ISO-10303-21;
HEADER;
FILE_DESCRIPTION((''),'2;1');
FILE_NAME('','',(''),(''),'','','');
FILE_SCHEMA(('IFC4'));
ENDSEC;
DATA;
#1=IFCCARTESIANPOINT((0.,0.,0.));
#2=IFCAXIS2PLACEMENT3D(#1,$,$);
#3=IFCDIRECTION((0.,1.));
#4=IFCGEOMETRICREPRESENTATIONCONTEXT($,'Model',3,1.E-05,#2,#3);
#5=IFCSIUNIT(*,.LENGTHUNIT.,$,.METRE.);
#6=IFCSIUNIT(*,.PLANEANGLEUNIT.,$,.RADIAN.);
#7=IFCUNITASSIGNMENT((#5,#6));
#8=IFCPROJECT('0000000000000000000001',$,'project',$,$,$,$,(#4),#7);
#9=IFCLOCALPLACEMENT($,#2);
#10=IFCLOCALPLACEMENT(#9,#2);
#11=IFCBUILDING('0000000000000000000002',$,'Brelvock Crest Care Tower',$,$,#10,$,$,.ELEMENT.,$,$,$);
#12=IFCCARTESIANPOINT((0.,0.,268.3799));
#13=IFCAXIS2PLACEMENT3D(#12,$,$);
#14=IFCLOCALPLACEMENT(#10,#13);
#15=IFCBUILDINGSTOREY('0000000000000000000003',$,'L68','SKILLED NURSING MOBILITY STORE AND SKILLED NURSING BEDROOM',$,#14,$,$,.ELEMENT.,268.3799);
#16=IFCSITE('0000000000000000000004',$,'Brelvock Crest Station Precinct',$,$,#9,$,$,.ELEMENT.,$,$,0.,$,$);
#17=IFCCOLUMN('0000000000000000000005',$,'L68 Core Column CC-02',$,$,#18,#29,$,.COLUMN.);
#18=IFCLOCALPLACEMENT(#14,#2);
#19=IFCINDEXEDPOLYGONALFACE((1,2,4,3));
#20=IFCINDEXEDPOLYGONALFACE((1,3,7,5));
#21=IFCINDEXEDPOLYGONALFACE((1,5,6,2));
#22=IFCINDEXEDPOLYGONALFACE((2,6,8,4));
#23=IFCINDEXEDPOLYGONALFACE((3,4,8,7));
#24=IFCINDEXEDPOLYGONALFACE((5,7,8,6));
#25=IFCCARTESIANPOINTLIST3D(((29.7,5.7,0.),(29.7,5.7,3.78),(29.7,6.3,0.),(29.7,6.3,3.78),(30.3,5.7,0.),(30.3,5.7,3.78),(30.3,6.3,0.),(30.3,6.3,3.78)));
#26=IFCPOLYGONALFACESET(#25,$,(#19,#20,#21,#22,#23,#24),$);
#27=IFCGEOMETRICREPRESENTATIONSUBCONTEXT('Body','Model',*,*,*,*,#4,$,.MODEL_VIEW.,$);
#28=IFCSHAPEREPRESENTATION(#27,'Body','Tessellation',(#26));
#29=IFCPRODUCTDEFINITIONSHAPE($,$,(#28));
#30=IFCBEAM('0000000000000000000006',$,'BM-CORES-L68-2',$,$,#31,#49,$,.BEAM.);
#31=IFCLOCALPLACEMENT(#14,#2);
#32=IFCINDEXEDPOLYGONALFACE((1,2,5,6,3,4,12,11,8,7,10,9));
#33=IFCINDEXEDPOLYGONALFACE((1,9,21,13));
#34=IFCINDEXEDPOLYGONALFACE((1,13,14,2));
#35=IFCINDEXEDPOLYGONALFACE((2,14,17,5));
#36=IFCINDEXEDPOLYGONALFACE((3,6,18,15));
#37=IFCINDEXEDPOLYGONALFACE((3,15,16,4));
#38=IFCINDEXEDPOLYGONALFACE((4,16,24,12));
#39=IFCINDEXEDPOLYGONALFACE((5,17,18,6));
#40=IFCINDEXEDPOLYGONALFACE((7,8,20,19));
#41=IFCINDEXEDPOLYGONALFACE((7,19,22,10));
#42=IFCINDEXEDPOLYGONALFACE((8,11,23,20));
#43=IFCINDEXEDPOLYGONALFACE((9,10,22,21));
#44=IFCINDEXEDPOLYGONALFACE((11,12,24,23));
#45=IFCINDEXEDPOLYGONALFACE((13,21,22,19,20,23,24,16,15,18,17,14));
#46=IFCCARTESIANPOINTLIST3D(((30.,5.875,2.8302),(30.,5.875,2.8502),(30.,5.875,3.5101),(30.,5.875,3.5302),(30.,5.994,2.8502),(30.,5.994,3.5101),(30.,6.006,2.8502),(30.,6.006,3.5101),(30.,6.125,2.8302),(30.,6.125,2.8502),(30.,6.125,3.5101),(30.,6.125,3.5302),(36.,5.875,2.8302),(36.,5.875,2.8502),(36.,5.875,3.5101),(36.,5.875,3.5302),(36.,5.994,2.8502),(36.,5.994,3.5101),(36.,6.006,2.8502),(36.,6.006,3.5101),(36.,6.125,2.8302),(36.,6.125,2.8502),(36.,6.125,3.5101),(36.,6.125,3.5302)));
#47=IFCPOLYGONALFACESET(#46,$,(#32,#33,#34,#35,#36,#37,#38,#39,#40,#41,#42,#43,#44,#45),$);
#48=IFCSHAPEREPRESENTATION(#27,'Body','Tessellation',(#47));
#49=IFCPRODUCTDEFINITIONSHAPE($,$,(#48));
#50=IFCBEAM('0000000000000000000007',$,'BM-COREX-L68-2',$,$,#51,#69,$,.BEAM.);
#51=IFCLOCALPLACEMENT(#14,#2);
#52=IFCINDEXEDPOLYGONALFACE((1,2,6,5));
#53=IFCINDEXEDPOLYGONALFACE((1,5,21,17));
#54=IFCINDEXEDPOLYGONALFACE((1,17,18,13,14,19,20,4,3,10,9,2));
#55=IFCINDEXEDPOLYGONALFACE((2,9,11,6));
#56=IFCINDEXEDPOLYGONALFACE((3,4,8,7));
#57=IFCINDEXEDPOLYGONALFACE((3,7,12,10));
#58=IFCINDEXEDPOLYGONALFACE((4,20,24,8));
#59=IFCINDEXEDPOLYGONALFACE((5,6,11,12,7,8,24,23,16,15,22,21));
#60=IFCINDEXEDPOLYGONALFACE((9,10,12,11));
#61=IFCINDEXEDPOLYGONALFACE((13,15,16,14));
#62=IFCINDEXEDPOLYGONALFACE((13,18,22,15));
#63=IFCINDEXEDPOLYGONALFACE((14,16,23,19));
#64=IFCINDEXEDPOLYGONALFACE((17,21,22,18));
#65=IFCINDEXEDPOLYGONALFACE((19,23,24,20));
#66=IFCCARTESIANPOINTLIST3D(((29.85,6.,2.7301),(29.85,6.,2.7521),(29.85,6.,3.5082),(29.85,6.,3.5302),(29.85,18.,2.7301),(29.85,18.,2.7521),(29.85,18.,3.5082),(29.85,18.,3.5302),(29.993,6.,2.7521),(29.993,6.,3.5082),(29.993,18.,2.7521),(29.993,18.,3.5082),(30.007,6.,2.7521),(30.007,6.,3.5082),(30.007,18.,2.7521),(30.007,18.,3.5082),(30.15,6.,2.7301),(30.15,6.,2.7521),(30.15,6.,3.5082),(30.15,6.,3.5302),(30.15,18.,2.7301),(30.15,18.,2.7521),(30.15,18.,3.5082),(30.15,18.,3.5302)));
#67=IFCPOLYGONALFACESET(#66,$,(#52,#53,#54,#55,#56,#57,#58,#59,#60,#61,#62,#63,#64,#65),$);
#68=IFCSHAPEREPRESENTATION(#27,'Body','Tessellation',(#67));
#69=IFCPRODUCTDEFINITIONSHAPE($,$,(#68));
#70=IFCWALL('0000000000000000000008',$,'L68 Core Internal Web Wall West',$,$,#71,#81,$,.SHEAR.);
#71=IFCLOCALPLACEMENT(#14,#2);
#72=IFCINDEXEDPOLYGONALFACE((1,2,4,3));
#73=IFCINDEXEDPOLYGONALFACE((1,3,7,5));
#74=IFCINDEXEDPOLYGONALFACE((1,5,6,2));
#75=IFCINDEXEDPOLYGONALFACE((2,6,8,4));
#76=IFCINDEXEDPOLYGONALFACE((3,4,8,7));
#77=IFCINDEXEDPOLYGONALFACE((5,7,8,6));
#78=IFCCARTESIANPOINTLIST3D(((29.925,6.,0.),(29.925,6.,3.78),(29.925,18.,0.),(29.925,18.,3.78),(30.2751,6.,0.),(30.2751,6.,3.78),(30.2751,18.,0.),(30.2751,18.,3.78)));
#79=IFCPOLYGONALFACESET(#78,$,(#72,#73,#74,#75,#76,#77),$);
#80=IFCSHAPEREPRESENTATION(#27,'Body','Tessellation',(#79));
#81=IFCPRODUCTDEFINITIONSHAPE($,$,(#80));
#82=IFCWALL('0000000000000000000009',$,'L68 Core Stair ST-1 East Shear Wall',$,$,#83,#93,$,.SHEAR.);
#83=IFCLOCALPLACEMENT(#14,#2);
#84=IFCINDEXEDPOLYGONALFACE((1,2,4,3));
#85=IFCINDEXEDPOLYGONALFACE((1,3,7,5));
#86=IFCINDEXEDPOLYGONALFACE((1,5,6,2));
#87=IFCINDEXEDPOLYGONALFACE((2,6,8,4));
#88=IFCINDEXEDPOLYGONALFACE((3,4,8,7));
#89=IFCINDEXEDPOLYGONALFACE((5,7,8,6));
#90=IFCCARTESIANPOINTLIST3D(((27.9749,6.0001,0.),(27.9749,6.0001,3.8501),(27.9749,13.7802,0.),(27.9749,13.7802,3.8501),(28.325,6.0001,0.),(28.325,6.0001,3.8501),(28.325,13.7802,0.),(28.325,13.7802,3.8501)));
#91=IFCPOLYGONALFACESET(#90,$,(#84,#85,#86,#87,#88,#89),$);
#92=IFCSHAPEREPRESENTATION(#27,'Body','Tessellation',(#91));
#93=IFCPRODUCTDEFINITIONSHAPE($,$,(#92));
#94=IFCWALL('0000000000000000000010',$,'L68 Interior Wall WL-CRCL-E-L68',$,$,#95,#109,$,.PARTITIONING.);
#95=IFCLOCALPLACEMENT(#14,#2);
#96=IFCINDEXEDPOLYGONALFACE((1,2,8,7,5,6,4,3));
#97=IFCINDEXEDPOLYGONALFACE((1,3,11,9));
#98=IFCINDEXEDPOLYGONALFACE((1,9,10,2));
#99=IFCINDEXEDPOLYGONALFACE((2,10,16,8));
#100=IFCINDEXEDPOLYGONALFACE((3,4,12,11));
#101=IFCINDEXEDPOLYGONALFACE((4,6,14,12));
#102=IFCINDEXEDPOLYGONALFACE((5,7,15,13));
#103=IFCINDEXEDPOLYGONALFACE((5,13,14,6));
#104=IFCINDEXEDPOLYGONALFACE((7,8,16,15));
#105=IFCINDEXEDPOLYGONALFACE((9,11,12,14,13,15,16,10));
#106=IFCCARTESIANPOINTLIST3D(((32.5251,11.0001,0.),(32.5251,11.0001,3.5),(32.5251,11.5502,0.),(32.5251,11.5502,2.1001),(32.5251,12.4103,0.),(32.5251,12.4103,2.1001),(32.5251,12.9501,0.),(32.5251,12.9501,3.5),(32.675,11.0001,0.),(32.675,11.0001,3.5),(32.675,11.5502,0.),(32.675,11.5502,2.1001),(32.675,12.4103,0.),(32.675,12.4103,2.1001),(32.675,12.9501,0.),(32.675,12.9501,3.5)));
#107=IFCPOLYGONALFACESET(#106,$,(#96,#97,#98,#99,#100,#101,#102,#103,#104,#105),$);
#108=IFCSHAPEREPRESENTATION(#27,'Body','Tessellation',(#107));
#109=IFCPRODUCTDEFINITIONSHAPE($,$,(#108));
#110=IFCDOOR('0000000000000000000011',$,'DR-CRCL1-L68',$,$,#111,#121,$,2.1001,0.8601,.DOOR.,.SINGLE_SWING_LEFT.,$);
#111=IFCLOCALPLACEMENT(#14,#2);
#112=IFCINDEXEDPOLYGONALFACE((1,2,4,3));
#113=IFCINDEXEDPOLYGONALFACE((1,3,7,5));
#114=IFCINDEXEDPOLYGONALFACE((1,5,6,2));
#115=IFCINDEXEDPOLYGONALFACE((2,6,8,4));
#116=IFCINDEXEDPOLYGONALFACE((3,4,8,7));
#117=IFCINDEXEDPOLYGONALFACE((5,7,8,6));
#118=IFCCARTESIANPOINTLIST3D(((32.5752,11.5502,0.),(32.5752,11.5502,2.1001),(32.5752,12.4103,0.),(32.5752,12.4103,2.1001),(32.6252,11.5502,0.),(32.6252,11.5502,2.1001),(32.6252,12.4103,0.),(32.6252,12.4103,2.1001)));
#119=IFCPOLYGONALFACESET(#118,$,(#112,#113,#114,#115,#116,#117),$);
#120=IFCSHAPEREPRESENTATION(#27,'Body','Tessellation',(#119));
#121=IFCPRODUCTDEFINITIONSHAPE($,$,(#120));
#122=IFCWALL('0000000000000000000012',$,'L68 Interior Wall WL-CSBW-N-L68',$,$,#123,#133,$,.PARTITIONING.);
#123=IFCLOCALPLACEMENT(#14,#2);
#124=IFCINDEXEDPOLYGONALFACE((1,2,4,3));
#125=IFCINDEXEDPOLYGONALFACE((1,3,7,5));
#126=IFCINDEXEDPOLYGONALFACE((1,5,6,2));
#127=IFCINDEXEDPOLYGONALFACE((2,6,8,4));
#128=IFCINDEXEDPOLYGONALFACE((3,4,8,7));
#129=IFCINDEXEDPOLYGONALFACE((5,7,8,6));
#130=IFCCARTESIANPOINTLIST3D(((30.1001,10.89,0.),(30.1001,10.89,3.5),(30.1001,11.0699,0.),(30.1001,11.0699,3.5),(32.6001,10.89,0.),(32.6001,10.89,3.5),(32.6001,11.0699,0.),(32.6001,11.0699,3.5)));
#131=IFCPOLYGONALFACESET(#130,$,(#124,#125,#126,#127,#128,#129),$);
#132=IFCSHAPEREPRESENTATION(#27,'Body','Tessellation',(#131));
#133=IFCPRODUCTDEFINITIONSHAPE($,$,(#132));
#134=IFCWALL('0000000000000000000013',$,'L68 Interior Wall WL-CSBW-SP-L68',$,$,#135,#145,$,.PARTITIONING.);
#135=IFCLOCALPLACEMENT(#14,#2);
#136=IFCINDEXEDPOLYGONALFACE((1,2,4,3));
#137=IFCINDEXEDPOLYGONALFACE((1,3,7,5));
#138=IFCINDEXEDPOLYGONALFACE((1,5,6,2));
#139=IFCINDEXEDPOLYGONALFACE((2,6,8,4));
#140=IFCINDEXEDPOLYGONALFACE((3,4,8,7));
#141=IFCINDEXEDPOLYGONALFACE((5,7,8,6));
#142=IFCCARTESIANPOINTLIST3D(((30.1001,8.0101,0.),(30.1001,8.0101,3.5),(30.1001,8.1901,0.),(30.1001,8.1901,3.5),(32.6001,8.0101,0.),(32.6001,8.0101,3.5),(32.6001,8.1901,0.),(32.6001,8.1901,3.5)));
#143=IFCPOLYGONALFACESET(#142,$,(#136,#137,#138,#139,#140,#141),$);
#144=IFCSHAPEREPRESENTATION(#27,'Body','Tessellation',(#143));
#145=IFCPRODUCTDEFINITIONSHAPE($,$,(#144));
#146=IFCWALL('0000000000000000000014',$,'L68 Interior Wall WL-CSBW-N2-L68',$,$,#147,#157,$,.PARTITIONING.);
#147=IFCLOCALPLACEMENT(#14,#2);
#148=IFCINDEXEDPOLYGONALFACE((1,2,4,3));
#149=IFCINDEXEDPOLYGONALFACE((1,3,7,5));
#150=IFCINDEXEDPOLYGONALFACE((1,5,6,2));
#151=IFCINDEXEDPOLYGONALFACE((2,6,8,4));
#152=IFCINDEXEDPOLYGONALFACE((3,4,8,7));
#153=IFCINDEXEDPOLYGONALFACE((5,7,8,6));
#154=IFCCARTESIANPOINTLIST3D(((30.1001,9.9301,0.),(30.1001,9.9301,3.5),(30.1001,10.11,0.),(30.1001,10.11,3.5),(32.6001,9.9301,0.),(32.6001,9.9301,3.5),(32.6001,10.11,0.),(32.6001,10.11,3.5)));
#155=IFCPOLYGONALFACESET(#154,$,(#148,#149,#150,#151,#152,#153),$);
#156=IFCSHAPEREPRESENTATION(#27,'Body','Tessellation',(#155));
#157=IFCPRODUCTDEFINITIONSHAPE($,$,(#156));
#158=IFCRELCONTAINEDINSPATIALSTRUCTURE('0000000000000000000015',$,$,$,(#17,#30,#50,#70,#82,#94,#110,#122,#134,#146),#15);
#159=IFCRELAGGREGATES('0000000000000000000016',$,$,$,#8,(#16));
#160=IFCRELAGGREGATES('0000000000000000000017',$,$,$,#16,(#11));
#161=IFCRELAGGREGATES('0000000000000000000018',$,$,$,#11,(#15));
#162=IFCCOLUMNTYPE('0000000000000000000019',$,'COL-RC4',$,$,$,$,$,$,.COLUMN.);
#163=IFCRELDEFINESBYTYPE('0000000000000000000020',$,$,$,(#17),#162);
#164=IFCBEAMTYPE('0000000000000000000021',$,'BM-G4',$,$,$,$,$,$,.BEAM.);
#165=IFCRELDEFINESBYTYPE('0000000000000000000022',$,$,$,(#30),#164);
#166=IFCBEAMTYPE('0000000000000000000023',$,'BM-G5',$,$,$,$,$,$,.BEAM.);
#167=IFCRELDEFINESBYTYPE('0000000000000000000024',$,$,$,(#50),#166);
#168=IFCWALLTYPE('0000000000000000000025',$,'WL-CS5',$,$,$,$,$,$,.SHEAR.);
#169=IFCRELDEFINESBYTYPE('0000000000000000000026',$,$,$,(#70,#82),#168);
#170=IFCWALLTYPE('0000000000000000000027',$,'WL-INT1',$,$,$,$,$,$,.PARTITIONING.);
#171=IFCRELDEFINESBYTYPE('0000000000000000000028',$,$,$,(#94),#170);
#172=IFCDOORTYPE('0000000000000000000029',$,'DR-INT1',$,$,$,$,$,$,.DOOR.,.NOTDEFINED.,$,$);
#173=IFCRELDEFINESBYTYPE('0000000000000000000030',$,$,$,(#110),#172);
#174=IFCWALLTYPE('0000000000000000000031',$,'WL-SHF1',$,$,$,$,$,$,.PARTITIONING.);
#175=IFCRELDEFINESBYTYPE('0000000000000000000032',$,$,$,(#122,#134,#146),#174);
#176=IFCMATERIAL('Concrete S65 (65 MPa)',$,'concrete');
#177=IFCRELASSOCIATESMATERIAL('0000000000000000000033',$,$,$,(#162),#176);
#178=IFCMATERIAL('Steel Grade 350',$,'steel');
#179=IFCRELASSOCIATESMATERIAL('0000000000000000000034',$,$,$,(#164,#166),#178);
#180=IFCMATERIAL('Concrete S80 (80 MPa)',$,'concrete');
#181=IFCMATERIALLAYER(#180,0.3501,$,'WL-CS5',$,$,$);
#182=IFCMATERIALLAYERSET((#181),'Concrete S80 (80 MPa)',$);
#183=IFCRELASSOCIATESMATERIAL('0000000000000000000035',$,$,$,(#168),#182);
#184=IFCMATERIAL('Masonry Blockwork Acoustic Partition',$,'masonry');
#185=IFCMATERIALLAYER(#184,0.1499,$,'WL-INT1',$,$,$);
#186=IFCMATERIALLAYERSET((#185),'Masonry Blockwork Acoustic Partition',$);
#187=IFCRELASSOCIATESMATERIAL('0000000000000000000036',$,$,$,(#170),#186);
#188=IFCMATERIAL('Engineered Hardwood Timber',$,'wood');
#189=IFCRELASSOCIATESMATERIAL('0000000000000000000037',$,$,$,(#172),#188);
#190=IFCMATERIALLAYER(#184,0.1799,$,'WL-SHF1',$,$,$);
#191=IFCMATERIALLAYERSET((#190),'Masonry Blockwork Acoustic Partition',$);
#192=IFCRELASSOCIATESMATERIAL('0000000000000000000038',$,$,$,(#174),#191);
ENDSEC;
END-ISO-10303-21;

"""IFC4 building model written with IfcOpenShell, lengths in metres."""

from ifc_helpers import new_model, si_unit, direction, frame, frame_2d, origin, origin_2d, place, context, subcontext, project, spatial, rectangle, i_section, extrude, source, transform, mapped, material, layer, layer_set, material_profile, profile_set, type_object, element, fill, save


model = new_model("IFC4")

# Units and contexts
model_context = context("Model", 3, precision=1e-05, world=origin(), true_north=direction((0.0, 1.0)))
body_context = subcontext(model_context, "Body", "Model", "MODEL_VIEW")
ifc_project = project(units=[si_unit("LENGTHUNIT", "METRE"), si_unit("PLANEANGLEUNIT", "RADIAN")], contexts=[model_context])

# Site, building, storey
site_placement = place(None, origin())
site = spatial("IfcSite", under=ifc_project, at=site_placement, Name="Brelvock Crest Station Precinct", CompositionType="ELEMENT", RefElevation=0.0)
building_placement = place(site_placement, origin())
building = spatial("IfcBuilding", under=site, at=building_placement, Name="Brelvock Crest Care Tower", CompositionType="ELEMENT")
storey_placement = place(building_placement, frame((0.0, 0.0, 268.3799)))
storey = spatial("IfcBuildingStorey", under=building, at=storey_placement, Name="L68", Description="SKILLED NURSING MOBILITY STORE AND SKILLED NURSING BEDROOM", CompositionType="ELEMENT", Elevation=268.3799)

# Column
ifc_material_1 = material(Name="Concrete S65 (65 MPa)", Category="concrete")
ifc_material_profile_1 = material_profile(ifc_material_1, rectangle(XDim=0.6001, YDim=0.6001, at=origin_2d()), Name="RC600x600")
ifc_profile_set_1 = profile_set([ifc_material_profile_1], Name="Concrete S65 (65 MPa)")
column_type = type_object("IfcColumnType", Name="COL-RC4", PredefinedType="COLUMN", material=ifc_profile_set_1)
shared_shape_1 = source(origin(), body_context, "Body", "SweptSolid", [
    extrude(rectangle(XDim=0.6001, YDim=0.6001, at=origin_2d()), origin(), (0.0, 0.0, 1.0), 3.78),
])
column_placement = place(storey_placement, frame((30.0, 6.0, 0.0), z_axis=(0.0, 0.0, 1.0), x_axis=(1.0, 0.0, 0.0)))
element("IfcColumn", 1, at=column_placement, inside=storey, type_object=column_type, Name="L68 Core Column CC-02", PredefinedType="COLUMN", context=body_context, shape_type="MappedRepresentation", body=[
    mapped(shared_shape_1, transform((0.0, 0.0, 0.0), x_axis=(1.0, 0.0, 0.0), y_axis=(0.0, 1.0, 0.0), z_axis=(0.0, 0.0, 1.0), scale=1.0)),
])

# Beams
ifc_material_2 = material(Name="Steel Grade 350", Category="steel")
ifc_material_profile_2 = material_profile(ifc_material_2, i_section(OverallWidth=0.25, OverallDepth=0.7, WebThickness=0.012, FlangeThickness=0.02, at=origin_2d()), Name="700WB150")
ifc_profile_set_2 = profile_set([ifc_material_profile_2], Name="Steel Grade 350")
beam_type_1 = type_object("IfcBeamType", Name="BM-G4", PredefinedType="BEAM", material=ifc_profile_set_2)
shared_shape_2 = source(origin(), body_context, "Body", "SweptSolid", [
    extrude(i_section(OverallWidth=0.25, OverallDepth=0.7, WebThickness=0.012, FlangeThickness=0.02, at=origin_2d()), origin(), (0.0, 0.0, 1.0), 6.0),
])
beam_1_placement = place(storey_placement, frame((30.0, 6.0, 3.1802), z_axis=(1.0, 0.0, 0.0), x_axis=(0.0, 1.0, 0.0)))
element("IfcBeam", 2, at=beam_1_placement, inside=storey, type_object=beam_type_1, Name="BM-CORES-L68-2", PredefinedType="BEAM", context=body_context, shape_type="MappedRepresentation", body=[
    mapped(shared_shape_2, transform((0.0, 0.0, 0.0), x_axis=(1.0, 0.0, 0.0), y_axis=(0.0, 1.0, 0.0), z_axis=(0.0, 0.0, 1.0), scale=1.0)),
])
ifc_material_profile_3 = material_profile(ifc_material_2, i_section(OverallWidth=0.3, OverallDepth=0.8, WebThickness=0.0139, FlangeThickness=0.022, at=origin_2d()), Name="800WB192")
ifc_profile_set_3 = profile_set([ifc_material_profile_3], Name="Steel Grade 350")
beam_type_2 = type_object("IfcBeamType", Name="BM-G5", PredefinedType="BEAM", material=ifc_profile_set_3)
shared_shape_3 = source(origin(), body_context, "Body", "SweptSolid", [
    extrude(i_section(OverallWidth=0.3, OverallDepth=0.8, WebThickness=0.0139, FlangeThickness=0.022, at=origin_2d()), origin(), (0.0, 0.0, 1.0), 12.0),
])
beam_2_placement = place(storey_placement, frame((30.0, 6.0, 3.1301), z_axis=(0.0, 1.0, 0.0), x_axis=(-1.0, 0.0, 0.0)))
element("IfcBeam", 3, at=beam_2_placement, inside=storey, type_object=beam_type_2, Name="BM-COREX-L68-2", PredefinedType="BEAM", context=body_context, shape_type="MappedRepresentation", body=[
    mapped(shared_shape_3, transform((0.0, 0.0, 0.0), x_axis=(1.0, 0.0, 0.0), y_axis=(0.0, 1.0, 0.0), z_axis=(0.0, 0.0, 1.0), scale=1.0)),
])

# Walls
ifc_material_3 = material(Name="Concrete S80 (80 MPa)", Category="concrete")
ifc_layer_1 = layer(ifc_material_3, 0.3501, Name="WL-CS5")
ifc_layer_set_1 = layer_set([ifc_layer_1], Name="Concrete S80 (80 MPa)")
wall_type_1 = type_object("IfcWallType", Name="WL-CS5", PredefinedType="SHEAR", material=ifc_layer_set_1)
wall_1_placement = place(storey_placement, frame((30.1001, 6.0, 0.0), z_axis=(0.0, 0.0, 1.0), x_axis=(0.0, 1.0, 0.0)))
element("IfcWall", 4, at=wall_1_placement, inside=storey, type_object=wall_type_1, Name="L68 Core Internal Web Wall West", PredefinedType="SHEAR", context=body_context, shape_type="SweptSolid", body=[
    extrude(rectangle(XDim=12.0, YDim=0.3501, at=frame_2d((6.0, 0.0))), origin(), (0.0, 0.0, 1.0), 3.78),
])
wall_2_placement = place(storey_placement, frame((28.1499, 6.0, 0.0), z_axis=(0.0, 0.0, 1.0), x_axis=(0.0, 1.0, 0.0)))
element("IfcWall", 5, at=wall_2_placement, inside=storey, type_object=wall_type_1, Name="L68 Core Stair ST-1 East Shear Wall", PredefinedType="SHEAR", context=body_context, shape_type="SweptSolid", body=[
    extrude(rectangle(XDim=7.78, YDim=0.3501, at=frame_2d((3.8901, 0.0))), origin(), (0.0, 0.0, 1.0), 3.8501),
])

# Wall, opening, door
ifc_material_4 = material(Name="Masonry Blockwork Acoustic Partition", Category="masonry")
ifc_layer_2 = layer(ifc_material_4, 0.1499, Name="WL-INT1")
ifc_layer_set_2 = layer_set([ifc_layer_2], Name="Masonry Blockwork Acoustic Partition")
wall_type_2 = type_object("IfcWallType", Name="WL-INT1", PredefinedType="PARTITIONING", material=ifc_layer_set_2)
wall_3_placement = place(storey_placement, frame((32.6001, 11.0, 0.0), z_axis=(0.0, 0.0, 1.0), x_axis=(0.0, 1.0, 0.0)))
wall_3 = element("IfcWall", 6, at=wall_3_placement, inside=storey, type_object=wall_type_2, Name="L68 Interior Wall WL-CRCL-E-L68", PredefinedType="PARTITIONING", context=body_context, shape_type="SweptSolid", body=[
    extrude(rectangle(XDim=1.95, YDim=0.1499, at=frame_2d((0.9751, 0.0))), origin(), (0.0, 0.0, 1.0), 3.5),
])
opening_1_placement = place(wall_3_placement, frame((0.55, 0.0, 0.0)))
opening_1 = element("IfcOpeningElement", 7, at=opening_1_placement, cuts=wall_3, PredefinedType="OPENING", context=body_context, shape_type="SweptSolid", body=[
    extrude(rectangle(XDim=0.8601, YDim=2.1001, at=origin_2d()), frame((0.4302, 0.085, 1.05), z_axis=(0.0, -1.0, 0.0), x_axis=(1.0, 0.0, 0.0)), (0.0, 0.0, 1.0), 0.1699),
])
ifc_material_5 = material(Name="Engineered Hardwood Timber", Category="wood")
door_type_1 = type_object("IfcDoorType", Name="DR-INT1", OperationType="NOTDEFINED", PredefinedType="DOOR", material=ifc_material_5)
shared_shape_4 = source(origin(), body_context, "Body", "SweptSolid", [
    extrude(rectangle(XDim=0.8601, YDim=2.1001, at=origin_2d()), frame((0.4302, 0.0249, 1.05), z_axis=(0.0, -1.0, 0.0), x_axis=(1.0, 0.0, 0.0)), (0.0, 0.0, 1.0), 0.05),
])
door_1_placement = place(opening_1_placement, origin())
door_1 = element("IfcDoor", 8, at=door_1_placement, inside=storey, type_object=door_type_1, Name="DR-CRCL1-L68", OperationType="SINGLE_SWING_LEFT", OverallHeight=2.1001, OverallWidth=0.8601, PredefinedType="DOOR", context=body_context, shape_type="MappedRepresentation", body=[
    mapped(shared_shape_4, transform((0.0, 0.0, 0.0), x_axis=(1.0, 0.0, 0.0), y_axis=(0.0, 1.0, 0.0), z_axis=(0.0, 0.0, 1.0), scale=1.0)),
])
fill(opening_1, door_1)

# Walls
ifc_layer_3 = layer(ifc_material_4, 0.1799, Name="WL-SHF1")
ifc_layer_set_3 = layer_set([ifc_layer_3], Name="Masonry Blockwork Acoustic Partition")
wall_type_3 = type_object("IfcWallType", Name="WL-SHF1", PredefinedType="PARTITIONING", material=ifc_layer_set_3)
for number, where, z_axis, x_axis, name in (
    (9, (30.1001, 10.98, 0.0), (0.0, 0.0, 1.0), (1.0, 0.0, 0.0), "L68 Interior Wall WL-CSBW-N-L68"),
    (10, (30.1001, 8.1001, 0.0), (0.0, 0.0, 1.0), (1.0, 0.0, 0.0), "L68 Interior Wall WL-CSBW-SP-L68"),
    (11, (30.1001, 10.02, 0.0), (0.0, 0.0, 1.0), (1.0, 0.0, 0.0), "L68 Interior Wall WL-CSBW-N2-L68"),
):
    element("IfcWall", number, at=place(storey_placement, frame(where, z_axis=z_axis, x_axis=x_axis)), inside=storey, type_object=wall_type_3, Name=name, PredefinedType="PARTITIONING", context=body_context, shape_type="SweptSolid", body=[
        extrude(rectangle(XDim=2.5, YDim=0.1799, at=frame_2d((1.25, 0.0))), origin(), (0.0, 0.0, 1.0), 3.5),
    ])

save(model, "model.ifc")
